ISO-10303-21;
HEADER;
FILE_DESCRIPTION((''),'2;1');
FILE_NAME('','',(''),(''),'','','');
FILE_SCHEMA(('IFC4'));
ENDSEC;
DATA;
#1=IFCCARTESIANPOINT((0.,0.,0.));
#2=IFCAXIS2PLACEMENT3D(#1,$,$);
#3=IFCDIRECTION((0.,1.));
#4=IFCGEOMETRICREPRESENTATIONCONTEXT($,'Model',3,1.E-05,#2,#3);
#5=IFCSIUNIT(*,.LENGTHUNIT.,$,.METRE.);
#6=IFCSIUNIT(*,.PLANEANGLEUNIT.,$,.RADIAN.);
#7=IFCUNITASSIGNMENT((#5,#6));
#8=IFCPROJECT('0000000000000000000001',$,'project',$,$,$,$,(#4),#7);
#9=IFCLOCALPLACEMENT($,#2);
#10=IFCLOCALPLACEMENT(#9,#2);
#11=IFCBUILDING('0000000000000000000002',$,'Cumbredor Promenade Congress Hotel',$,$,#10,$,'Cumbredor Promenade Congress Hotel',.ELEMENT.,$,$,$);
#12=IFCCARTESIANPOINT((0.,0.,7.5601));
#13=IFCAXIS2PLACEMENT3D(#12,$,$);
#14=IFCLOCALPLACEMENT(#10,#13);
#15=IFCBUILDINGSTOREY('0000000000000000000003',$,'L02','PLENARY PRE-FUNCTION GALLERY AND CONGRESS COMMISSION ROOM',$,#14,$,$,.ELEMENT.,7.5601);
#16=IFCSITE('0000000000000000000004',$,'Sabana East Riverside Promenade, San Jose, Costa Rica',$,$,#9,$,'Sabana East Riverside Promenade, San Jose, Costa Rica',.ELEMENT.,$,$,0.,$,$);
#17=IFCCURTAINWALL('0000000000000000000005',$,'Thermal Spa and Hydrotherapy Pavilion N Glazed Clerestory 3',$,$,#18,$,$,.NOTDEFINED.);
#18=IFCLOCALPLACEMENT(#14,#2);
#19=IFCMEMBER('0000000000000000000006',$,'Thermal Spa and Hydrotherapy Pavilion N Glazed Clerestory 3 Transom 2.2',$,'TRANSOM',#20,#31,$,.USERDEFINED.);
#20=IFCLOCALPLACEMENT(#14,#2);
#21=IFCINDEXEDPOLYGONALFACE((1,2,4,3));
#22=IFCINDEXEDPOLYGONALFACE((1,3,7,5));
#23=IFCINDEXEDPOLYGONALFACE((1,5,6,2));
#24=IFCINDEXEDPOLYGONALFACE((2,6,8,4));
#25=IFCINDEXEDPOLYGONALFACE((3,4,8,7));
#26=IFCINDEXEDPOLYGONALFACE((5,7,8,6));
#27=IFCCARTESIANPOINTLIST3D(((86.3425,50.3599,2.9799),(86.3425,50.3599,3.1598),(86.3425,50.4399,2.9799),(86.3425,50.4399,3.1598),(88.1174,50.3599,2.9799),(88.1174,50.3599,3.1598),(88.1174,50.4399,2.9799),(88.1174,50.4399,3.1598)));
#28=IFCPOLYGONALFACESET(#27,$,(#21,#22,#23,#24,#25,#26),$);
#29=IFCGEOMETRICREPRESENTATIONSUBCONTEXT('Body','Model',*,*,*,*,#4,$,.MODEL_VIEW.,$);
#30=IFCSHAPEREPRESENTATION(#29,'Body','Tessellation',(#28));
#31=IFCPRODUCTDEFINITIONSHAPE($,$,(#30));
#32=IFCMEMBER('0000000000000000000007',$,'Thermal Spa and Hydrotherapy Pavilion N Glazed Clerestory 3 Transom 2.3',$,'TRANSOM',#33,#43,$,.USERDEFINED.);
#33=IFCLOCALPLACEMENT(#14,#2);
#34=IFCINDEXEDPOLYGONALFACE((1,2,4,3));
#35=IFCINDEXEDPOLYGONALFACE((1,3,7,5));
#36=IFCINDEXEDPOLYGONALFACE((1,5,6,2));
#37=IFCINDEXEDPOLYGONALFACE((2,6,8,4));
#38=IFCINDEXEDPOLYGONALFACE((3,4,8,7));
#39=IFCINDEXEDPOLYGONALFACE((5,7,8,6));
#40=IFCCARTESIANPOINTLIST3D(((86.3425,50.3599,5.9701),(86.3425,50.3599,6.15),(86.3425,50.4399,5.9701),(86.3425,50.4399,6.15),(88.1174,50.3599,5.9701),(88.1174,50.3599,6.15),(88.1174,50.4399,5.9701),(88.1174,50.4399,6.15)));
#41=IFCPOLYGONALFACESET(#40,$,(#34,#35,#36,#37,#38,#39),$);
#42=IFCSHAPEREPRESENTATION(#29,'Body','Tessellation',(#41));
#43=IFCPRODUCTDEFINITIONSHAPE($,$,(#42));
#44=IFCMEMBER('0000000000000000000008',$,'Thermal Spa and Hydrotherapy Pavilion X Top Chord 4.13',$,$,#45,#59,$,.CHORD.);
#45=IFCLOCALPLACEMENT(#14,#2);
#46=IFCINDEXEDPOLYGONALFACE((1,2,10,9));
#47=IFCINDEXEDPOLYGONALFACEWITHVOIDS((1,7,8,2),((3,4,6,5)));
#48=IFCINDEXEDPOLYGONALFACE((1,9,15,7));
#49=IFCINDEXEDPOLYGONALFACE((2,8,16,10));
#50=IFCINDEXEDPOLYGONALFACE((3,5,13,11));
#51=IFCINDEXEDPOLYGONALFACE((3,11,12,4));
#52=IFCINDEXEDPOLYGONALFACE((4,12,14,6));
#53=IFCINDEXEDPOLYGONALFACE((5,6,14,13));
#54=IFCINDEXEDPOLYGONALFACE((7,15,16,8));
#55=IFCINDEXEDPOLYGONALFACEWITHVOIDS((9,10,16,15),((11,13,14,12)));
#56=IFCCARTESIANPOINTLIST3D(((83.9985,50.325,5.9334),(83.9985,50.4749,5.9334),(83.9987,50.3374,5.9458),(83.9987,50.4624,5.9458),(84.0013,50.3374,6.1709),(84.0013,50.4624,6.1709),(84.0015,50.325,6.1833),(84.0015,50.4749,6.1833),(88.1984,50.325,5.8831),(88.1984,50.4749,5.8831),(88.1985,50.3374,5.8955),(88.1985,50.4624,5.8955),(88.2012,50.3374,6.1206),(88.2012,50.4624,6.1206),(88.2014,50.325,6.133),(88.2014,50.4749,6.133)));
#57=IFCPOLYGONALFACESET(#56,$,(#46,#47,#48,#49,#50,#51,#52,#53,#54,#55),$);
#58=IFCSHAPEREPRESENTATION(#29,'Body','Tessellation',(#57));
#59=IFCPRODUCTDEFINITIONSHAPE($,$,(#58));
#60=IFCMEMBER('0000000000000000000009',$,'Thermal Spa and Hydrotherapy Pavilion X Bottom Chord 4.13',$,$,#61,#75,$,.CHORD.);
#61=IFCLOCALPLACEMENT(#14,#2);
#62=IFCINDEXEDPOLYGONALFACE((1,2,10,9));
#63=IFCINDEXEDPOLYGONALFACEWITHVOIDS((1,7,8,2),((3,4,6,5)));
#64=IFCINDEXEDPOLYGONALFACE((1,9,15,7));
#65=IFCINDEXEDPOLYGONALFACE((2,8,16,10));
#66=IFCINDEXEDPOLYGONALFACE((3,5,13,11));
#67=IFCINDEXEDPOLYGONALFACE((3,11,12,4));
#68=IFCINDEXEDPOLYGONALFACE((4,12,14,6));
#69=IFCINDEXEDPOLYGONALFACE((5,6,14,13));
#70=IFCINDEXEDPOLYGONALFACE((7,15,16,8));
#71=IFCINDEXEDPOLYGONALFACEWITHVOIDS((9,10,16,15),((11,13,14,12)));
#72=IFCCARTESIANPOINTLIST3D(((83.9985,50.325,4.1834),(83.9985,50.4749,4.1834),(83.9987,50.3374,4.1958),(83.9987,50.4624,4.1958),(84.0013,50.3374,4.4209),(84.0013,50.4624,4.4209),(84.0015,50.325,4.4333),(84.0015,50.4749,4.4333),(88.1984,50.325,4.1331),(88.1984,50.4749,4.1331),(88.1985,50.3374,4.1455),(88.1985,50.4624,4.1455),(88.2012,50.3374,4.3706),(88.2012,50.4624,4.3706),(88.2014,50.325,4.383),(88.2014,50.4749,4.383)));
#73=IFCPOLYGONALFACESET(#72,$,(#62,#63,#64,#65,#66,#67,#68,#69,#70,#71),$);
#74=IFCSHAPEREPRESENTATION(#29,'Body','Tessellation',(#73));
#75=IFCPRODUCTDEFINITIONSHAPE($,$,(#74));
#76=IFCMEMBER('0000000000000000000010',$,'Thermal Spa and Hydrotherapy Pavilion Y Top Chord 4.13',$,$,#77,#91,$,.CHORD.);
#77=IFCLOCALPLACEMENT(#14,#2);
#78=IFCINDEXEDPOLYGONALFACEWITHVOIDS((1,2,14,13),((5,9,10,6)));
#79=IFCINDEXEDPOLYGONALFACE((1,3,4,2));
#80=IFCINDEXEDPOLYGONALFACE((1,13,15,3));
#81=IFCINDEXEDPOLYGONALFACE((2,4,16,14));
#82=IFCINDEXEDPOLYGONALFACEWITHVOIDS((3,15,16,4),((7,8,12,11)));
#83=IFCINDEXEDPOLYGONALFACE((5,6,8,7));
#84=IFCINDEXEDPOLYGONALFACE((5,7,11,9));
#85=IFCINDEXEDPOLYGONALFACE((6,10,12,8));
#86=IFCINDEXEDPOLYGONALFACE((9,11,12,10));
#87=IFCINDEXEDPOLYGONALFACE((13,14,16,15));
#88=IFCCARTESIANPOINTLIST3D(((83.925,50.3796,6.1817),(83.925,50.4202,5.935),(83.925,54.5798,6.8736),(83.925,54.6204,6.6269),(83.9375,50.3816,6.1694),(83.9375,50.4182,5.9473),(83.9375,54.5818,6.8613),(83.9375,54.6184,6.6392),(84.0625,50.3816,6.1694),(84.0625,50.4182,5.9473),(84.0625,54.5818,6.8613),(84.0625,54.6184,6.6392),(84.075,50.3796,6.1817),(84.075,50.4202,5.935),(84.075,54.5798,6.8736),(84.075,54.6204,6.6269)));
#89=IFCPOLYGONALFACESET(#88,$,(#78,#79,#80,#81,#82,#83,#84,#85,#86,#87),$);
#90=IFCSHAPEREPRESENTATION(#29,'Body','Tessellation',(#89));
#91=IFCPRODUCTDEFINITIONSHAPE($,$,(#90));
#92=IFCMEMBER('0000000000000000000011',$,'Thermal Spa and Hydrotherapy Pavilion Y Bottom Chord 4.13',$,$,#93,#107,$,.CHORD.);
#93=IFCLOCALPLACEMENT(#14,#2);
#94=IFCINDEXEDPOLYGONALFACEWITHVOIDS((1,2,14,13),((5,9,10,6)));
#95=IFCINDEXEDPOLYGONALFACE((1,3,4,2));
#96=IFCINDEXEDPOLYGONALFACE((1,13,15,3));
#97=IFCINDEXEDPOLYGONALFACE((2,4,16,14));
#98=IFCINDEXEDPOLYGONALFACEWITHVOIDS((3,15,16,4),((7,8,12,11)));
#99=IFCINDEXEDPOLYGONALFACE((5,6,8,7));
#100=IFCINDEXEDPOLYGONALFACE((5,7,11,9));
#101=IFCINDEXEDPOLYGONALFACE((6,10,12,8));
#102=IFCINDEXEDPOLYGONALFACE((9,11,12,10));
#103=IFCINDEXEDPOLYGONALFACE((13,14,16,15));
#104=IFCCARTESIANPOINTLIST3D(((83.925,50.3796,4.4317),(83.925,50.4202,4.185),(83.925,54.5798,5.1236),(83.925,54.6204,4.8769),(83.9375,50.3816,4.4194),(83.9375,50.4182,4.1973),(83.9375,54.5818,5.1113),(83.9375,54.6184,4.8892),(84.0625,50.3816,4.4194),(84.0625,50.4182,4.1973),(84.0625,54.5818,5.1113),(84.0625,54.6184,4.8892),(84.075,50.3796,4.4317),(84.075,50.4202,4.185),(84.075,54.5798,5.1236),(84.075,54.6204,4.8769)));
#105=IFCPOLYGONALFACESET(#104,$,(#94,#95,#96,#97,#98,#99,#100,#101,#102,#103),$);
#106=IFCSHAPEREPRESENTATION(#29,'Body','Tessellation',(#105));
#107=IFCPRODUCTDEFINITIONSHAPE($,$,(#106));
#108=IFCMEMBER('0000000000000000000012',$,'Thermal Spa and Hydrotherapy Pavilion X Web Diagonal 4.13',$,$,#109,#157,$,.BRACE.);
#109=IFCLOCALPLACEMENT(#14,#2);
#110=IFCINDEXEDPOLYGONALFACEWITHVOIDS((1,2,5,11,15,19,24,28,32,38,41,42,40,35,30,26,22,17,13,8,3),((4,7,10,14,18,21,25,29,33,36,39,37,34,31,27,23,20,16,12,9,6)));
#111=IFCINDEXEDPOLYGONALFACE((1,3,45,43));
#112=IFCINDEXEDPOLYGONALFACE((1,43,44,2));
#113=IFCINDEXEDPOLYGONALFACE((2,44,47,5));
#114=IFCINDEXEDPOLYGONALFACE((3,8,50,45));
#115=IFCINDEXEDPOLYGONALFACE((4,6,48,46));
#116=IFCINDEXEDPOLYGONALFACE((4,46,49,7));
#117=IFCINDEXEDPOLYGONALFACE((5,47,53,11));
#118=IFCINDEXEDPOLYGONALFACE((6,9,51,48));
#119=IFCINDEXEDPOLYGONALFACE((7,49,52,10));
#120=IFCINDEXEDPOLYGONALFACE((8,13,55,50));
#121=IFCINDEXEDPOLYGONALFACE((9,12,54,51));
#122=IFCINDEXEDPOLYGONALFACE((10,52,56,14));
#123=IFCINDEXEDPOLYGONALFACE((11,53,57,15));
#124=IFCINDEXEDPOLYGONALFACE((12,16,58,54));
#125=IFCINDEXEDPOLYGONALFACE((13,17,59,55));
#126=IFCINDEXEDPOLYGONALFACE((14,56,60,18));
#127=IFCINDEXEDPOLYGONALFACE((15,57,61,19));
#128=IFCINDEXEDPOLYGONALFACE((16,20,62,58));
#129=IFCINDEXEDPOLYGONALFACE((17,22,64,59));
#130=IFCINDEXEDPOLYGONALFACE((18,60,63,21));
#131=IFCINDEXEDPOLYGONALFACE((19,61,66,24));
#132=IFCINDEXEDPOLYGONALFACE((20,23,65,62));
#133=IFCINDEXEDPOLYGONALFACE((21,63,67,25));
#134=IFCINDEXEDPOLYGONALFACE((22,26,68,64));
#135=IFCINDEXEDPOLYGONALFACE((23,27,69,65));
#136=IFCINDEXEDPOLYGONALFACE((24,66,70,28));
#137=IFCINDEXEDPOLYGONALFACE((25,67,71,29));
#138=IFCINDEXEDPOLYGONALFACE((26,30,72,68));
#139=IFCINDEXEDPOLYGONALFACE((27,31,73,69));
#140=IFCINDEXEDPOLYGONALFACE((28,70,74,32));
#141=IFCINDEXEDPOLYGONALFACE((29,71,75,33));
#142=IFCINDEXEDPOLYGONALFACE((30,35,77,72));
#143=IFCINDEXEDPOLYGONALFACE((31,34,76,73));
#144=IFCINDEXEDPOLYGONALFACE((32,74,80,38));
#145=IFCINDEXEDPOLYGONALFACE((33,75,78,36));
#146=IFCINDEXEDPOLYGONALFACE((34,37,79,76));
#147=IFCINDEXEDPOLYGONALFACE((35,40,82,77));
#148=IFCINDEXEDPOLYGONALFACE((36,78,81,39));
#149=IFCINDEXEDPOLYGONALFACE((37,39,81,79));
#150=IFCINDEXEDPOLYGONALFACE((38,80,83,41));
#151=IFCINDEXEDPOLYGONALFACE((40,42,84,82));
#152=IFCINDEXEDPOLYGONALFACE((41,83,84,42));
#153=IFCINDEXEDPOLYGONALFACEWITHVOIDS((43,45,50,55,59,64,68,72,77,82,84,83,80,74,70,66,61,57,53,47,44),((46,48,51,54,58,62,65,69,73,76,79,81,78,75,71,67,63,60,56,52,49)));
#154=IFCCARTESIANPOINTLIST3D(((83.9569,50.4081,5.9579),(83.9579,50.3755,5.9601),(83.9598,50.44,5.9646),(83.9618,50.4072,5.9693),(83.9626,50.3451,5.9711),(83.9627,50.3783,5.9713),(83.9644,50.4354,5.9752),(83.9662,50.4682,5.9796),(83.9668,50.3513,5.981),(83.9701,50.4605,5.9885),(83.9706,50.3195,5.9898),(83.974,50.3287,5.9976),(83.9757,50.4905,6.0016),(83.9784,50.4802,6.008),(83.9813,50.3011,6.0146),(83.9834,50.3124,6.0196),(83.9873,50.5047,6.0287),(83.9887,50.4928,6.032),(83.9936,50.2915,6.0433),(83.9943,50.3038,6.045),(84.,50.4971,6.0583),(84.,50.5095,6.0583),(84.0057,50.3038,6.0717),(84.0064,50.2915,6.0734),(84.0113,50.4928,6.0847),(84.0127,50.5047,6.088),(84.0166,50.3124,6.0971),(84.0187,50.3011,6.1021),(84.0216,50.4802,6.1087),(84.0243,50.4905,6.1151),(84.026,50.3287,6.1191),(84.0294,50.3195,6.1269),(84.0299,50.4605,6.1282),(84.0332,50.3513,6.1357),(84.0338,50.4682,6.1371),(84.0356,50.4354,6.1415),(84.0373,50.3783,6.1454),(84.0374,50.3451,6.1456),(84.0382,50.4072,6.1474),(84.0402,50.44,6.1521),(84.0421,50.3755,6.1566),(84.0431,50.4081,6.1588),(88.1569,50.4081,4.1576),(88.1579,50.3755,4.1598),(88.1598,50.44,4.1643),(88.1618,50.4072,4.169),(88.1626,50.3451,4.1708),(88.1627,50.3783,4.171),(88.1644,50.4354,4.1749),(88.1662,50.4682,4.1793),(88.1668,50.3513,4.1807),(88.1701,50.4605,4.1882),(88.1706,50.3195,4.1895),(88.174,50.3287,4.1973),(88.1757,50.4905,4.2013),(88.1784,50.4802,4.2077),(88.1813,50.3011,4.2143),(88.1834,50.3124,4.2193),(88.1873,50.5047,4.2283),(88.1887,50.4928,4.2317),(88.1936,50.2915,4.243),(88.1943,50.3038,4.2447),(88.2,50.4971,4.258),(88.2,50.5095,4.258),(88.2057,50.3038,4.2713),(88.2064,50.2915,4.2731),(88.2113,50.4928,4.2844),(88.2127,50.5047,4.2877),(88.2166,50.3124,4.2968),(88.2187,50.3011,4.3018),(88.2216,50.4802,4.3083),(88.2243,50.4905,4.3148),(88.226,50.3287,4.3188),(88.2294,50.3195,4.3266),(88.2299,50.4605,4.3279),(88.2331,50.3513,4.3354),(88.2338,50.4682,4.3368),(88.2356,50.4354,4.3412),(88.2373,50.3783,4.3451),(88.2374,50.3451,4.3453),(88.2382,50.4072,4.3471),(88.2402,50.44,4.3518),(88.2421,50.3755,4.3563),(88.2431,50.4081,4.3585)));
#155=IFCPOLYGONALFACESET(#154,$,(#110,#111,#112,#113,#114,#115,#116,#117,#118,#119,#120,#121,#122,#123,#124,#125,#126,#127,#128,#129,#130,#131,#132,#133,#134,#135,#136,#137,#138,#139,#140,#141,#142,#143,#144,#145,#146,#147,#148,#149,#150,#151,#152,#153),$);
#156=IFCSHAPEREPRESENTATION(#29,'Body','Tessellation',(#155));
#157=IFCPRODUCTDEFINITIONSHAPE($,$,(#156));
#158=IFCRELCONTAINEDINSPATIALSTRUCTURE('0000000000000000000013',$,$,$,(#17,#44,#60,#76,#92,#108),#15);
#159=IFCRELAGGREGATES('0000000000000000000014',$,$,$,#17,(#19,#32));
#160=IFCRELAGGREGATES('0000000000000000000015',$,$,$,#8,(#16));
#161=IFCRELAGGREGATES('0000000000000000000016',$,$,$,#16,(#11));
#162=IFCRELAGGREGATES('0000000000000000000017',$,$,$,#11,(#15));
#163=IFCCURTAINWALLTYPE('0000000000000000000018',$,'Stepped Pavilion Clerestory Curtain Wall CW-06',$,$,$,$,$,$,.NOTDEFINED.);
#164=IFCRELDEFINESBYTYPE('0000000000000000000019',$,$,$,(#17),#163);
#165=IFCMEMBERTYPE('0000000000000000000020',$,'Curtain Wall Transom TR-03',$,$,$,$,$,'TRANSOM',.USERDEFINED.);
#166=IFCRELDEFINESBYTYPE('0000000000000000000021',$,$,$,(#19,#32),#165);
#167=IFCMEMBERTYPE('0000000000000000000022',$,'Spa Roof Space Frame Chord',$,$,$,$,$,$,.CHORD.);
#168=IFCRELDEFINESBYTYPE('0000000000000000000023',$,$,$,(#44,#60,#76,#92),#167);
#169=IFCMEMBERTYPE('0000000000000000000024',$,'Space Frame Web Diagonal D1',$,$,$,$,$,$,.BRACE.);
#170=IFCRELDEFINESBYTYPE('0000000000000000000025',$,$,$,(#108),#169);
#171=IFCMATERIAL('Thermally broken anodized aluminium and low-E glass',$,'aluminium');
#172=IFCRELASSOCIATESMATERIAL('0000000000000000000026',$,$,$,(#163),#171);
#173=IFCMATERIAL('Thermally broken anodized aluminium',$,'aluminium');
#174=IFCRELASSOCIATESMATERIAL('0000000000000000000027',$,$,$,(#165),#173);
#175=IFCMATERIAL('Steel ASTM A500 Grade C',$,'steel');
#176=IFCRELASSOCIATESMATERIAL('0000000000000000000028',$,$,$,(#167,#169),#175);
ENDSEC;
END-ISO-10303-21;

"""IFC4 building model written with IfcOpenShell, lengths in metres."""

from ifc_helpers import new_model, si_unit, direction, frame, origin, origin_2d, place, context, subcontext, project, spatial, rectangle, hollow_rectangle, hollow_circle, extrude, material, material_profile, profile_set, type_object, element, aggregate, save


model = new_model("IFC4")

# Units and contexts
model_context = context("Model", 3, precision=1e-05, world=origin(), true_north=direction((0.0, 1.0)))
body_context = subcontext(model_context, "Body", "Model", "MODEL_VIEW")
ifc_project = project(units=[si_unit("LENGTHUNIT", "METRE"), si_unit("PLANEANGLEUNIT", "RADIAN")], contexts=[model_context])

# Site, building, storey
site_placement = place(None, origin())
site = spatial("IfcSite", under=ifc_project, at=site_placement, Name="Sabana East Riverside Promenade, San Jose, Costa Rica", LongName="Sabana East Riverside Promenade, San Jose, Costa Rica", CompositionType="ELEMENT", RefElevation=0.0)
building_placement = place(site_placement, origin())
building = spatial("IfcBuilding", under=site, at=building_placement, Name="Cumbredor Promenade Congress Hotel", LongName="Cumbredor Promenade Congress Hotel", CompositionType="ELEMENT")
storey_placement = place(building_placement, frame((0.0, 0.0, 7.5601)))
storey = spatial("IfcBuildingStorey", under=building, at=storey_placement, Name="L02", Description="PLENARY PRE-FUNCTION GALLERY AND CONGRESS COMMISSION ROOM", CompositionType="ELEMENT", Elevation=7.5601)

# Curtain wall
ifc_material_1 = material(Name="Thermally broken anodized aluminium and low-E glass", Category="aluminium")
curtain_wall_type = type_object("IfcCurtainWallType", Name="Stepped Pavilion Clerestory Curtain Wall CW-06", PredefinedType="NOTDEFINED", material=ifc_material_1)
ifc_material_2 = material(Name="Thermally broken anodized aluminium", Category="aluminium")
curtain_wall_1_placement = place(storey_placement, origin())
curtain_wall_1 = element("IfcCurtainWall", 1, at=curtain_wall_1_placement, inside=storey, type_object=curtain_wall_type, Name="Thermal Spa and Hydrotherapy Pavilion N Glazed Clerestory 3", PredefinedType="NOTDEFINED")

# Members
ifc_material_profile_1 = material_profile(ifc_material_2, rectangle(XDim=0.0801, YDim=0.1799, at=origin_2d()), Name="ALU TRANSOM 80x180")
ifc_profile_set_1 = profile_set([ifc_material_profile_1], Name="Thermally broken anodized aluminium")
member_type_1 = type_object("IfcMemberType", Name="Curtain Wall Transom TR-03", ElementType="TRANSOM", PredefinedType="USERDEFINED", material=ifc_profile_set_1)
member_1_placement = place(storey_placement, frame((86.3425, 50.3999, 3.0698), z_axis=(1.0, 0.0, 0.0), x_axis=(0.0, 1.0, 0.0)))
member_1 = element("IfcMember", 2, at=member_1_placement, type_object=member_type_1, Name="Thermal Spa and Hydrotherapy Pavilion N Glazed Clerestory 3 Transom 2.2", ObjectType="TRANSOM", PredefinedType="USERDEFINED", context=body_context, shape_type="SweptSolid", body=[
    extrude(rectangle(XDim=0.0801, YDim=0.1799, at=origin_2d()), origin(), (0.0, 0.0, 1.0), 1.7749),
])
member_2_placement = place(storey_placement, frame((86.3425, 50.3999, 6.0601), z_axis=(1.0, 0.0, 0.0), x_axis=(0.0, 1.0, 0.0)))
member_2 = element("IfcMember", 3, at=member_2_placement, type_object=member_type_1, Name="Thermal Spa and Hydrotherapy Pavilion N Glazed Clerestory 3 Transom 2.3", ObjectType="TRANSOM", PredefinedType="USERDEFINED", context=body_context, shape_type="SweptSolid", body=[
    extrude(rectangle(XDim=0.0801, YDim=0.1799, at=origin_2d()), origin(), (0.0, 0.0, 1.0), 1.7749),
])

# Members
ifc_material_3 = material(Name="Steel ASTM A500 Grade C", Category="steel")
ifc_material_profile_2 = material_profile(ifc_material_3, hollow_rectangle(XDim=0.1499, YDim=0.25, WallThickness=0.0125, at=origin_2d()), Name="HSS 250x150x12.5")
ifc_profile_set_2 = profile_set([ifc_material_profile_2], Name="Steel ASTM A500 Grade C")
member_type_2 = type_object("IfcMemberType", Name="Spa Roof Space Frame Chord", PredefinedType="CHORD", material=ifc_profile_set_2)
for number, where, z_axis, x_axis, name in (
    (4, (84.0, 50.3999, 6.0583), (0.999928, 0.0, -0.011974), (0.0, 1.0, 0.0), "Thermal Spa and Hydrotherapy Pavilion X Top Chord 4.13"),
    (5, (84.0, 50.3999, 4.3083), (0.999928, 0.0, -0.011974), (0.0, 1.0, 0.0), "Thermal Spa and Hydrotherapy Pavilion X Bottom Chord 4.13"),
):
    element("IfcMember", number, at=place(storey_placement, frame(where, z_axis=z_axis, x_axis=x_axis)), inside=storey, type_object=member_type_2, Name=name, PredefinedType="CHORD", context=body_context, shape_type="SweptSolid", body=[
        extrude(hollow_rectangle(XDim=0.1499, YDim=0.25, WallThickness=0.0125, at=origin_2d()), origin(), (0.0, 0.0, 1.0), 4.2002),
    ])
for number, where, z_axis, x_axis, name in (
    (6, (84.0, 50.3999, 6.0583), (0.0, 0.986702, 0.162539), (-1.0, 0.0, 0.0), "Thermal Spa and Hydrotherapy Pavilion Y Top Chord 4.13"),
    (7, (84.0, 50.3999, 4.3083), (0.0, 0.986702, 0.162539), (-1.0, 0.0, 0.0), "Thermal Spa and Hydrotherapy Pavilion Y Bottom Chord 4.13"),
):
    element("IfcMember", number, at=place(storey_placement, frame(where, z_axis=z_axis, x_axis=x_axis)), inside=storey, type_object=member_type_2, Name=name, PredefinedType="CHORD", context=body_context, shape_type="SweptSolid", body=[
        extrude(hollow_rectangle(XDim=0.1499, YDim=0.25, WallThickness=0.0125, at=origin_2d()), origin(), (0.0, 0.0, 1.0), 4.2568),
    ])
ifc_material_profile_3 = material_profile(ifc_material_3, hollow_circle(Radius=0.1096, WallThickness=0.0125, at=origin_2d()), Name="CHS 219.1x12.5")
ifc_profile_set_3 = profile_set([ifc_material_profile_3], Name="Steel ASTM A500 Grade C")
member_type_3 = type_object("IfcMemberType", Name="Space Frame Web Diagonal D1", PredefinedType="BRACE", material=ifc_profile_set_3)
member_3_placement = place(storey_placement, frame((84.0, 50.3999, 6.0583), z_axis=(0.91912, 0.0, -0.393977), x_axis=(0.0, 1.0, 0.0)))
element("IfcMember", 8, at=member_3_placement, inside=storey, type_object=member_type_3, Name="Thermal Spa and Hydrotherapy Pavilion X Web Diagonal 4.13", PredefinedType="BRACE", context=body_context, shape_type="SweptSolid", body=[
    extrude(hollow_circle(Radius=0.1096, WallThickness=0.0125, at=origin_2d()), origin(), (0.0, 0.0, 1.0), 4.5696),
])

aggregate(curtain_wall_1, [member_1, member_2])

save(model, "model.ifc")
